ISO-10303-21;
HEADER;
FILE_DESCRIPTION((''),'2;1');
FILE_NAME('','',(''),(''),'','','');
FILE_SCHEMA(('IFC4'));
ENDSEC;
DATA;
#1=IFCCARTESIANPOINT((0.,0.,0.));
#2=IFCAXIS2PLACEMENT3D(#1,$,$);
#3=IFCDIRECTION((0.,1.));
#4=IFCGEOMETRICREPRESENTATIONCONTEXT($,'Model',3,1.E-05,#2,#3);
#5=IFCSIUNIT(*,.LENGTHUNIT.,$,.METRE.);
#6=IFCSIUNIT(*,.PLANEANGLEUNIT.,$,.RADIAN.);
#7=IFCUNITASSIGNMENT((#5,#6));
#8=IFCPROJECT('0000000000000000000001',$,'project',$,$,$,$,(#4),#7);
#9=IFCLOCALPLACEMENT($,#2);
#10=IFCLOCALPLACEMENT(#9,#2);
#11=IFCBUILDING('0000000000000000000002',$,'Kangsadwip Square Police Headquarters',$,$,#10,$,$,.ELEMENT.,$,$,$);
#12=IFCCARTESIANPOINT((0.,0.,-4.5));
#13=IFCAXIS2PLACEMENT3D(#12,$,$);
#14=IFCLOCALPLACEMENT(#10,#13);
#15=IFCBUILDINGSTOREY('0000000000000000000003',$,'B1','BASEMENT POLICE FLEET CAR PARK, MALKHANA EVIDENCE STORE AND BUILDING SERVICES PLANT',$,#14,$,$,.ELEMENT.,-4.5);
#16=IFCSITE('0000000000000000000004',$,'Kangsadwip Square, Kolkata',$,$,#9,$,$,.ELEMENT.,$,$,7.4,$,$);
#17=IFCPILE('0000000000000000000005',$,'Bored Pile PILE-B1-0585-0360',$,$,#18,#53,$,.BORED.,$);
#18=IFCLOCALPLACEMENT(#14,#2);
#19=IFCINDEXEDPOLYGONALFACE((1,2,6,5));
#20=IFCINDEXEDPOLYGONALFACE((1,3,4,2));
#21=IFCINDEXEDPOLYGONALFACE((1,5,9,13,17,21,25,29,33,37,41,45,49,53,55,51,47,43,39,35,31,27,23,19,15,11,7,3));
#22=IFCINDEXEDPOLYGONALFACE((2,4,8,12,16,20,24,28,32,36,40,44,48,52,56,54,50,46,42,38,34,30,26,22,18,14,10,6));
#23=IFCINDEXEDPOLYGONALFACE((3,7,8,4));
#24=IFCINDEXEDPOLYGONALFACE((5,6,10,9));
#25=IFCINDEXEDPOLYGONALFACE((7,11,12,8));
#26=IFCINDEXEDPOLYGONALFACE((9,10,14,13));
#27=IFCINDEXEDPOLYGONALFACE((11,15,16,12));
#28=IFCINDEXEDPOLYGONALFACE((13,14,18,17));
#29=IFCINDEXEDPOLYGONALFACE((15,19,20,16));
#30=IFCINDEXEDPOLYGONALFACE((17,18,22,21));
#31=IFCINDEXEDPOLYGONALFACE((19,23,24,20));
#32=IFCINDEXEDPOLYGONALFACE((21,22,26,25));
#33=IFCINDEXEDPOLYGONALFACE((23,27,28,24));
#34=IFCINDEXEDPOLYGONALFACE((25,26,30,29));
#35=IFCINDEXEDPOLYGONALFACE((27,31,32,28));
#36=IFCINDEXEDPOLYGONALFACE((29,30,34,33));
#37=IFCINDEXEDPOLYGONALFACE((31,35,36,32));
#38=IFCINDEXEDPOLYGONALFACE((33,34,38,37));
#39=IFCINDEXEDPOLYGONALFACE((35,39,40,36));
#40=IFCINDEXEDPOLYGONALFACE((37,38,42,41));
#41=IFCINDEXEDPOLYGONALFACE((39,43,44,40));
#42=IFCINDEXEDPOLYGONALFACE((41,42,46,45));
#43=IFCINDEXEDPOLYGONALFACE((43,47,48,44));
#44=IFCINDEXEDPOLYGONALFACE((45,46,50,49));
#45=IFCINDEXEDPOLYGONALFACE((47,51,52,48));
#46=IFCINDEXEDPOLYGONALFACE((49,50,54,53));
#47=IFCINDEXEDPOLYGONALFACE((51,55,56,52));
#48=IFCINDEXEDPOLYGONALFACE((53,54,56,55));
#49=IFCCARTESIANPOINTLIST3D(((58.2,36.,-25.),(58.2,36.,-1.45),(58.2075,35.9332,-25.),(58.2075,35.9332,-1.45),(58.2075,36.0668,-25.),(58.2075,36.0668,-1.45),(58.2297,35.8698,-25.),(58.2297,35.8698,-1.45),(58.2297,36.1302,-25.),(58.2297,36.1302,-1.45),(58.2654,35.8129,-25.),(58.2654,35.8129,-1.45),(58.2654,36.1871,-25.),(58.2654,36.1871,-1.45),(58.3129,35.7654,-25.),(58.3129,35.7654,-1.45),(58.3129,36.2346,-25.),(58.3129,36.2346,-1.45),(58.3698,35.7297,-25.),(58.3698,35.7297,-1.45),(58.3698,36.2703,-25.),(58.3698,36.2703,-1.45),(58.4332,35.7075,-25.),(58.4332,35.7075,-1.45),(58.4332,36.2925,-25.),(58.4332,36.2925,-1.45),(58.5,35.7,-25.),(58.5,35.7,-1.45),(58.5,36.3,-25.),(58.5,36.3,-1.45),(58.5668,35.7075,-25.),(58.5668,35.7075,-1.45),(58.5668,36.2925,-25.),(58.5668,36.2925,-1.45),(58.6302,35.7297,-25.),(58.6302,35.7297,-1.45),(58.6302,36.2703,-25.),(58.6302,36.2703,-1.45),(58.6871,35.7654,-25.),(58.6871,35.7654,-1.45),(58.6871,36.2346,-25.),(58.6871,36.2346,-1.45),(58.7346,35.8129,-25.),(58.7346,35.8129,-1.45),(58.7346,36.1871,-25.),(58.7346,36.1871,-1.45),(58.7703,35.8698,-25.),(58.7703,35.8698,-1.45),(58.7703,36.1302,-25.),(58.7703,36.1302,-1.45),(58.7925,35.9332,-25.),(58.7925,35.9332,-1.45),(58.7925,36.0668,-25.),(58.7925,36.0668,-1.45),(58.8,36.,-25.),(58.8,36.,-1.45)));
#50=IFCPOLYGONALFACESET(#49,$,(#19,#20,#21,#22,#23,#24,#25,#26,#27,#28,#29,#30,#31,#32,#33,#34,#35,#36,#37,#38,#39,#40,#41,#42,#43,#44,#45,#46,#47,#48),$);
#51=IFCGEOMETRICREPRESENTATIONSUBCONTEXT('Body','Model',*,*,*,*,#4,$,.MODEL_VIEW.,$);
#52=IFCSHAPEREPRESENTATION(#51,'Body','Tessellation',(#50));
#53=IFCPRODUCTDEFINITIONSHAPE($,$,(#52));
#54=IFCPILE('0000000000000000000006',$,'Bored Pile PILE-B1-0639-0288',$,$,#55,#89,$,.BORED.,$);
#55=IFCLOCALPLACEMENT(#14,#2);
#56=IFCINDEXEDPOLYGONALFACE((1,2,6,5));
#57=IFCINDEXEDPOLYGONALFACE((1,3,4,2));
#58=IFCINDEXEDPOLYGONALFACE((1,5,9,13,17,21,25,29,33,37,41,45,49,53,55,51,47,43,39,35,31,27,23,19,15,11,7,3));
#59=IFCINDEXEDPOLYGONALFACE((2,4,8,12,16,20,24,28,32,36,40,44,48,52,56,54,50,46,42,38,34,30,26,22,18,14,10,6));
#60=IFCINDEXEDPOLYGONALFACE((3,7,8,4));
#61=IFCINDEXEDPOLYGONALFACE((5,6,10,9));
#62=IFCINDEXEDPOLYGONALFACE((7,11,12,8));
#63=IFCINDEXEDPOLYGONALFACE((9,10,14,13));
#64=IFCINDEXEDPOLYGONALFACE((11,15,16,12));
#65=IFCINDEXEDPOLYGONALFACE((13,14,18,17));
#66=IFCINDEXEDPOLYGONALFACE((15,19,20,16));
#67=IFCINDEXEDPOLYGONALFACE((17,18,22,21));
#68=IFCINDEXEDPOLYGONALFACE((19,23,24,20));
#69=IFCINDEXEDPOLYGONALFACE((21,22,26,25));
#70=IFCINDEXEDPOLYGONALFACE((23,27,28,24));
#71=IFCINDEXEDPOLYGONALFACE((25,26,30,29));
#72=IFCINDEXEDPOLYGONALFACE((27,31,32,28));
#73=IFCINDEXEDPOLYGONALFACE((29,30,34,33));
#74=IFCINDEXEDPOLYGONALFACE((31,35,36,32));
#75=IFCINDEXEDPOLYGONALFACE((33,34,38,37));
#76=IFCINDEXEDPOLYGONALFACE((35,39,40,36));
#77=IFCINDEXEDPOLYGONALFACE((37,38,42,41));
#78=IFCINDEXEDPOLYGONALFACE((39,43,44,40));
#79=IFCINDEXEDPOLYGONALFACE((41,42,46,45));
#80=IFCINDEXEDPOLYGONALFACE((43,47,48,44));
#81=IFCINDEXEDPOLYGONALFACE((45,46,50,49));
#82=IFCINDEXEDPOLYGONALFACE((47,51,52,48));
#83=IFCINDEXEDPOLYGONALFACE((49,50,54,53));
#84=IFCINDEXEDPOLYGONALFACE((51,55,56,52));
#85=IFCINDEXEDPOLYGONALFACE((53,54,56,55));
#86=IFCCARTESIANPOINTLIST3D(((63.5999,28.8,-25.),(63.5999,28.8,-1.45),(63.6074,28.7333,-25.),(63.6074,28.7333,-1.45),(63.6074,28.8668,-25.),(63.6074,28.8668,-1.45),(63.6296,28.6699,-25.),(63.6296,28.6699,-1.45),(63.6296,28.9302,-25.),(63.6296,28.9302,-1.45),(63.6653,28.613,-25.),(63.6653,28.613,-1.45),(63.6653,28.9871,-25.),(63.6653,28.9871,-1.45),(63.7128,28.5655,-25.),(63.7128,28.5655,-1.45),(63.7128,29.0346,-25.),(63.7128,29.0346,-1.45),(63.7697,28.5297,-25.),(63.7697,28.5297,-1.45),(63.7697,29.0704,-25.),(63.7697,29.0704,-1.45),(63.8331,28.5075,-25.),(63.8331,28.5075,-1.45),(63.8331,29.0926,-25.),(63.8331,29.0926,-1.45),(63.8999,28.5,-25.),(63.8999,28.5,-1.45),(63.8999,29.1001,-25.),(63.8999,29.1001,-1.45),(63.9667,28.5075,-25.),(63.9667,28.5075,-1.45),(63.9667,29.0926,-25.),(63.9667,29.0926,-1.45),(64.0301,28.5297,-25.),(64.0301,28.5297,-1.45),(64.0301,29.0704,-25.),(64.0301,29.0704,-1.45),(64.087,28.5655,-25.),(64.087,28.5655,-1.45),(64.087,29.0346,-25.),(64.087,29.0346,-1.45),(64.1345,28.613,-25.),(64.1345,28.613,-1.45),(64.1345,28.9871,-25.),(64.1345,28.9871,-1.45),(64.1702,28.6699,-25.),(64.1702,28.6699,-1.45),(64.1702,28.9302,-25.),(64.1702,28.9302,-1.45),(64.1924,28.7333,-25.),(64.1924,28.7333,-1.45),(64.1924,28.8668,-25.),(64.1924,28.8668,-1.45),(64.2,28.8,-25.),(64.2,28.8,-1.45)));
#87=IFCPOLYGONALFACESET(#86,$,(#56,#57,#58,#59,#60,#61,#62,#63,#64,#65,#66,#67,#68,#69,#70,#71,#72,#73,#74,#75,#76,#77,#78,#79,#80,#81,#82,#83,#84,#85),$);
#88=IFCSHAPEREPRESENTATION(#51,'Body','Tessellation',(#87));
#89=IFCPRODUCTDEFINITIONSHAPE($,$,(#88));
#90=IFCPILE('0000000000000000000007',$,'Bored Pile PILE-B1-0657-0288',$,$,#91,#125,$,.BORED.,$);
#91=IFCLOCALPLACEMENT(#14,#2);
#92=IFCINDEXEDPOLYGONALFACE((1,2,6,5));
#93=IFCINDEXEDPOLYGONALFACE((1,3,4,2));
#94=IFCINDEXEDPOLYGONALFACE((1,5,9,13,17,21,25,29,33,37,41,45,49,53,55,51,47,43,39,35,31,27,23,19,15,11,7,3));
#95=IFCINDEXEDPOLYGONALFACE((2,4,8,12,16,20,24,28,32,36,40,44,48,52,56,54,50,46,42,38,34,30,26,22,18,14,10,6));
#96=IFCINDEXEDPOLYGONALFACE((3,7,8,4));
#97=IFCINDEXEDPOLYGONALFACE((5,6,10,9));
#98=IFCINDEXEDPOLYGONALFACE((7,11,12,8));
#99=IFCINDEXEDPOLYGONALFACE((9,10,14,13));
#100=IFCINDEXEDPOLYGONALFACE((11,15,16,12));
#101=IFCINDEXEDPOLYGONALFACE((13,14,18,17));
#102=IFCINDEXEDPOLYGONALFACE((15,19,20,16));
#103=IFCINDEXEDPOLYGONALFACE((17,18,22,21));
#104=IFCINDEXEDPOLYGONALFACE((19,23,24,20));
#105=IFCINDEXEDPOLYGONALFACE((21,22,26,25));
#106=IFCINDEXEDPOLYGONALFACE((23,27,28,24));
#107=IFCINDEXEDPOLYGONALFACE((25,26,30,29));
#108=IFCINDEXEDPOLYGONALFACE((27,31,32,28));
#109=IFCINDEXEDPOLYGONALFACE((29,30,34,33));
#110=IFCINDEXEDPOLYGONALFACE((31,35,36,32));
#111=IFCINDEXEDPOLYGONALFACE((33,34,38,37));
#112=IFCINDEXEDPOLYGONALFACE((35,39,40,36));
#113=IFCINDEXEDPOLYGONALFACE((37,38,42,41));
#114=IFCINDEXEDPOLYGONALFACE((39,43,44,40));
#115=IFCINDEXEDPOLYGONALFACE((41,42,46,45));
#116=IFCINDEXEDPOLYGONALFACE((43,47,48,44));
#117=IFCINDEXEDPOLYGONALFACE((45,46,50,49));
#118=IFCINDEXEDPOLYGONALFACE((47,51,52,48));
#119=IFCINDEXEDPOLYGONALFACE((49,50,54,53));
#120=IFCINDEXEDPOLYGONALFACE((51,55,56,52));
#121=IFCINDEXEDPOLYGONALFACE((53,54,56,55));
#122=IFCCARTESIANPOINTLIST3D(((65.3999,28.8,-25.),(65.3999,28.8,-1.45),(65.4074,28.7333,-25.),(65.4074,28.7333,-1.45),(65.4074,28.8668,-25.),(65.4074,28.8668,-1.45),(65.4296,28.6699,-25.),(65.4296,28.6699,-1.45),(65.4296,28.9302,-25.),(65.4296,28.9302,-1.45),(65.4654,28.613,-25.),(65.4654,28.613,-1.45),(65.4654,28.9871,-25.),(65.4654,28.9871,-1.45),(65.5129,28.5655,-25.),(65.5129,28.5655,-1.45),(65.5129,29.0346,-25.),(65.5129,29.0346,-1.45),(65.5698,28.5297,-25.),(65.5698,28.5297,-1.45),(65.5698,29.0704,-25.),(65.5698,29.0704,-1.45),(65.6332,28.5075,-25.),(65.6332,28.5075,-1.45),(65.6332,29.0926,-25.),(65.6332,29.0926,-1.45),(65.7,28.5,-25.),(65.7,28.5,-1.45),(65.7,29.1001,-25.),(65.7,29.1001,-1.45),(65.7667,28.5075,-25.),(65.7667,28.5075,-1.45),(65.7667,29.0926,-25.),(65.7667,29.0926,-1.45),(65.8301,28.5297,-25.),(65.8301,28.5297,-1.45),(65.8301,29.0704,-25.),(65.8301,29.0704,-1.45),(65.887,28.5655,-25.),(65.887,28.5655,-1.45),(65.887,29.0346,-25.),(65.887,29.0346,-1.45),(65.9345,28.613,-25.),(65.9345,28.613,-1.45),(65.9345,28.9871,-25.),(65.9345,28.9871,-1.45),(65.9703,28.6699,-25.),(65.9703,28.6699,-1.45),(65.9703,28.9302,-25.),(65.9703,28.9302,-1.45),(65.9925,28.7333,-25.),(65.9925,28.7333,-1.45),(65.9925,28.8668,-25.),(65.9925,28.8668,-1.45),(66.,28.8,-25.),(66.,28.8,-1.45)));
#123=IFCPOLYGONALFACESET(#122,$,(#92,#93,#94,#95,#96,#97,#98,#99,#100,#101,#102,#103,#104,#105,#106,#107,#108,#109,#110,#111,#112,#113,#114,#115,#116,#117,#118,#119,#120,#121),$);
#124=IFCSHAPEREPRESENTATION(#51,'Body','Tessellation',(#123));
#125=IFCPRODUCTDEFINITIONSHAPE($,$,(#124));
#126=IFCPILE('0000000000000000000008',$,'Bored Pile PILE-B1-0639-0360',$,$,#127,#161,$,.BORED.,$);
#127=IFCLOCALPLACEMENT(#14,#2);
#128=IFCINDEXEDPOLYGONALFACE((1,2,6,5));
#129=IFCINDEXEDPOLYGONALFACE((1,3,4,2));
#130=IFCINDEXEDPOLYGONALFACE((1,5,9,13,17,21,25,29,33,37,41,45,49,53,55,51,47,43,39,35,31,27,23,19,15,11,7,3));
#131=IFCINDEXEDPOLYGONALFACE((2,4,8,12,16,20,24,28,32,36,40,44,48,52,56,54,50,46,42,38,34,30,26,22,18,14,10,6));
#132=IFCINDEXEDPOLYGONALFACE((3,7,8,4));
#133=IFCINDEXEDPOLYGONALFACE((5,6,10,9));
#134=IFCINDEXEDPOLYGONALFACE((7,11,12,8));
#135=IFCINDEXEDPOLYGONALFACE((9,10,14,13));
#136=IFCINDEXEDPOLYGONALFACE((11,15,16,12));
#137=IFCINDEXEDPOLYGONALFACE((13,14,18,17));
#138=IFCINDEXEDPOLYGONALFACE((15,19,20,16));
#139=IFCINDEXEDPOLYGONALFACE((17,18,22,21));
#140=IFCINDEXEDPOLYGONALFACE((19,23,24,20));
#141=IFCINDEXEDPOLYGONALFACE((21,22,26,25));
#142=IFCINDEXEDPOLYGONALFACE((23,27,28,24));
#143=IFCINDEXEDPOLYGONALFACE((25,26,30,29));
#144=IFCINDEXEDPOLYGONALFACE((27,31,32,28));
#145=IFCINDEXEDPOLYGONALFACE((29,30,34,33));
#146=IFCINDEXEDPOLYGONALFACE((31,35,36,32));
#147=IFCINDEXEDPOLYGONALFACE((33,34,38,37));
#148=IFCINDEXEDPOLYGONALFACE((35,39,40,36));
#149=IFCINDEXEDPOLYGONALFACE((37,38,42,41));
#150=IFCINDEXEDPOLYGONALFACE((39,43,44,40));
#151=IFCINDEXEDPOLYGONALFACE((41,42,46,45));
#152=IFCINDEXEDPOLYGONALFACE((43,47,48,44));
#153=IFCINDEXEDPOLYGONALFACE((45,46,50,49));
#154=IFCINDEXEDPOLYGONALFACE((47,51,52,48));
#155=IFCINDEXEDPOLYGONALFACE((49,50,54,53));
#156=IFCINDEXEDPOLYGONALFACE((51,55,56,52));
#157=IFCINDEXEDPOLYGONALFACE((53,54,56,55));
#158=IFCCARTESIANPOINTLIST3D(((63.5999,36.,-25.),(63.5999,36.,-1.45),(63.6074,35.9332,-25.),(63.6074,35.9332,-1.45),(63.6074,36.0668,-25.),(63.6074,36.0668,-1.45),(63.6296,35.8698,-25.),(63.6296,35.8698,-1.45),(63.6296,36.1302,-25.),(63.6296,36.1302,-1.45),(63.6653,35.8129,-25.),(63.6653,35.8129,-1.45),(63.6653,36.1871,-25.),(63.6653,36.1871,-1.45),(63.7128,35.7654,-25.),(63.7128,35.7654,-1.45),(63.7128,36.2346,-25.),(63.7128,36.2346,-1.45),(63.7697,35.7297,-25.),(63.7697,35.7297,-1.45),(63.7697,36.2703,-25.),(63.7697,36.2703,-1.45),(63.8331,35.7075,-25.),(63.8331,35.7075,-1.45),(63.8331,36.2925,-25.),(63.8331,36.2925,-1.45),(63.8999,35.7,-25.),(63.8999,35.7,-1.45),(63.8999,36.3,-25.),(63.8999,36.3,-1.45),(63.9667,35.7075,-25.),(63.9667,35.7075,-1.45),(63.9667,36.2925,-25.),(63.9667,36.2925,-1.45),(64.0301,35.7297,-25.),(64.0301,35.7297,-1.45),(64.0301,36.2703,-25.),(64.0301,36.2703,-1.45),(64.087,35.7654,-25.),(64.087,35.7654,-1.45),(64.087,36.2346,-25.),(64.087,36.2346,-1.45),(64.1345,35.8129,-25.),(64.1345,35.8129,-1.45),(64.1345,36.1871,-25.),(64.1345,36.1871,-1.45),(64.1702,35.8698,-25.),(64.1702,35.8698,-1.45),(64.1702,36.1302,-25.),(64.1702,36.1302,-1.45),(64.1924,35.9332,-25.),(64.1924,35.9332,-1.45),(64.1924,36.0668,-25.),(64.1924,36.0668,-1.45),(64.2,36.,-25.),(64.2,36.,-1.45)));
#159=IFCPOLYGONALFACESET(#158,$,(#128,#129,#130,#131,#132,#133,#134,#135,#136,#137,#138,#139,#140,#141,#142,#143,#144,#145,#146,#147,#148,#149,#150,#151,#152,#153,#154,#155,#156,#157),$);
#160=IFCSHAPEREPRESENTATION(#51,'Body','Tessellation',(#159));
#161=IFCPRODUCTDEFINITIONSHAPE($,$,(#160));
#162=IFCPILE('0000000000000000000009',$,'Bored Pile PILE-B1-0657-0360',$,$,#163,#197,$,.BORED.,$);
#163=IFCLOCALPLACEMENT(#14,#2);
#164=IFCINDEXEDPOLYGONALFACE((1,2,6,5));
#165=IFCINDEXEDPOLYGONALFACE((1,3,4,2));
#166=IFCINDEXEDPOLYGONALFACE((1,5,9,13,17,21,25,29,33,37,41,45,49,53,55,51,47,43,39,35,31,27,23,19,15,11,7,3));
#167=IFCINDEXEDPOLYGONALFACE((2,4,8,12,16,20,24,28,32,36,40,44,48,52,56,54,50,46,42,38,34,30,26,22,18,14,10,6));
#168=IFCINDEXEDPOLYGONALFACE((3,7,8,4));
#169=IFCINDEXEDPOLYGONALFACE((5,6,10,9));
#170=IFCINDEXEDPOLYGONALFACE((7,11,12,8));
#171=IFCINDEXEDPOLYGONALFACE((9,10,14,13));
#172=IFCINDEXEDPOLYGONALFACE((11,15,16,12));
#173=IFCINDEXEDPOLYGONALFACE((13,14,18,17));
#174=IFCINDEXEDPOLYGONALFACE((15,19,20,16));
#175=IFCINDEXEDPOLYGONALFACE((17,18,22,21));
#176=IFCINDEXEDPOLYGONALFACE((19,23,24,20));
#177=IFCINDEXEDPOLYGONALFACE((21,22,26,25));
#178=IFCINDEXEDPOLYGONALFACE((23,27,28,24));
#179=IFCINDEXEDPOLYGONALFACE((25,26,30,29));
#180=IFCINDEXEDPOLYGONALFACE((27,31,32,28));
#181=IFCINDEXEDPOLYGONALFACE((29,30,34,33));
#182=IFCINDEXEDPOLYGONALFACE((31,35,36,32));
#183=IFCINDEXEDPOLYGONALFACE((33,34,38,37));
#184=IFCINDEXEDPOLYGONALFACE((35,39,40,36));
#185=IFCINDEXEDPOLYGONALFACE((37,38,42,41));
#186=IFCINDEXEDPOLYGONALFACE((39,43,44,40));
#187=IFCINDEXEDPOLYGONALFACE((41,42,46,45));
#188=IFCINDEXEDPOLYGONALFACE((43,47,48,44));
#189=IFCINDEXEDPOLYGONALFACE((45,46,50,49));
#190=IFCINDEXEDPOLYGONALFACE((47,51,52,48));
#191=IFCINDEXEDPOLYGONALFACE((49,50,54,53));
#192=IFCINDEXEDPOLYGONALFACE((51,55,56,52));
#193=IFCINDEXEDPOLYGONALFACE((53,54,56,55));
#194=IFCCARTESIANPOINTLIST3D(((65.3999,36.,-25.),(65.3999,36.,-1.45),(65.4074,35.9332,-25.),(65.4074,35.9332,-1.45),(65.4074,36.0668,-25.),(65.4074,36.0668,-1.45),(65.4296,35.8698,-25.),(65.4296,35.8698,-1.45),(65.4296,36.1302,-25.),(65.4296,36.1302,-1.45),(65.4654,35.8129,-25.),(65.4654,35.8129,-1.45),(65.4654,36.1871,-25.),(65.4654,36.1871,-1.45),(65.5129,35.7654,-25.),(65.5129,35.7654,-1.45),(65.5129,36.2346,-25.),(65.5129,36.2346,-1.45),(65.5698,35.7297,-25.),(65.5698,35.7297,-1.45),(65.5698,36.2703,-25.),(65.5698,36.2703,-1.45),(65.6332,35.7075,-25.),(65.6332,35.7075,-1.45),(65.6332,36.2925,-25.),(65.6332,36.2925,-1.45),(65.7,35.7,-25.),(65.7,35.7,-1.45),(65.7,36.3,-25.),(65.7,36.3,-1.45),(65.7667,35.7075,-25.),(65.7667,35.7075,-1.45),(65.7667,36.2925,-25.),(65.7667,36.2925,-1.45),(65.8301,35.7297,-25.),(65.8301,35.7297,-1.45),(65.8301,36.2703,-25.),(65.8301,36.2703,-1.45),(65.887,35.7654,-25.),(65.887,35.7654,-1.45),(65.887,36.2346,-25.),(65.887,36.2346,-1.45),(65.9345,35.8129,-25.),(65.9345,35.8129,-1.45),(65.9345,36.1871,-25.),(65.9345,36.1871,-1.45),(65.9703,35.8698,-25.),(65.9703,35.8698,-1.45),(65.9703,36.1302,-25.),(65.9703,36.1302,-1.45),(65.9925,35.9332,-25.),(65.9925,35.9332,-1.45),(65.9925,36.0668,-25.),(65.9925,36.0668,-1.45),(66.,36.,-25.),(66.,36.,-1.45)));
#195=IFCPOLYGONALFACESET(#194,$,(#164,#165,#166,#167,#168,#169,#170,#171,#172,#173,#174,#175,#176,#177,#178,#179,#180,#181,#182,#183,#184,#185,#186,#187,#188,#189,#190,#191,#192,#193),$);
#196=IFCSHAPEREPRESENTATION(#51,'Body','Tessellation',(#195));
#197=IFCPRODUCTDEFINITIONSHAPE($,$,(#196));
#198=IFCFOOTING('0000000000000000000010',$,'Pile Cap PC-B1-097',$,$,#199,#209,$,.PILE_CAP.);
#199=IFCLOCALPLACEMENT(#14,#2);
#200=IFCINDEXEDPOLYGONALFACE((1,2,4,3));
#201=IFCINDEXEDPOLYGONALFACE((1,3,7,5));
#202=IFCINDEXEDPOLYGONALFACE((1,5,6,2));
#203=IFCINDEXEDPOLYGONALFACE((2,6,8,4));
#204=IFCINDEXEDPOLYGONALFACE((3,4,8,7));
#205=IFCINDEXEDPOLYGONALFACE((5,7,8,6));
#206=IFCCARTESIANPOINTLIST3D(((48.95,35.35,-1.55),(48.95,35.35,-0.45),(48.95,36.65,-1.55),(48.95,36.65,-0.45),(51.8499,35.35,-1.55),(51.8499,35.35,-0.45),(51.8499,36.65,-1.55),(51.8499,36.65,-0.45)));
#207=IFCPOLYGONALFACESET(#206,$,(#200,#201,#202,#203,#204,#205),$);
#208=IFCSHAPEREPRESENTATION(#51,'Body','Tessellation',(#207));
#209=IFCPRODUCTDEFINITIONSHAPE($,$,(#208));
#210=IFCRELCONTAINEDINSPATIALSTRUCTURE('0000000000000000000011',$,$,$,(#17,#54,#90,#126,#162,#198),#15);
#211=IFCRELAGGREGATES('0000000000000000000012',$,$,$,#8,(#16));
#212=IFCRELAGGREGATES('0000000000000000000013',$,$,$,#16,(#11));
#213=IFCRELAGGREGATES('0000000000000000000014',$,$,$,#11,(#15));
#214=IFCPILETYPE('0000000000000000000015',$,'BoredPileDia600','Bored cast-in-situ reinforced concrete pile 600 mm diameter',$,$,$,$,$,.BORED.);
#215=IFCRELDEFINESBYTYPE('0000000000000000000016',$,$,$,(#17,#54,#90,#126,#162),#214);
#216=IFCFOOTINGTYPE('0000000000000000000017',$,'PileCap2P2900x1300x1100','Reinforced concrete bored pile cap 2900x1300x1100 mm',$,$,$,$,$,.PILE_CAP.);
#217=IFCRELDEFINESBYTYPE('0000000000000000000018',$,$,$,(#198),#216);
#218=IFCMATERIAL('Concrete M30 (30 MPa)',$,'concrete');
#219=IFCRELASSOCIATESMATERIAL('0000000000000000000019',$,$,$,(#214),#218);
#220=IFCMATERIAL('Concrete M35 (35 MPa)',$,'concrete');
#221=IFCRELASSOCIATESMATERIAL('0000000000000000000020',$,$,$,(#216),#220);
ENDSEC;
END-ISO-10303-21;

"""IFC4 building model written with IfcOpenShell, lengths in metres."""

from ifc_helpers import new_model, si_unit, direction, frame, origin, origin_2d, place, context, subcontext, project, spatial, rectangle, circle, extrude, material, material_profile, profile_set, type_object, element, save


model = new_model("IFC4")

# Units and contexts
model_context = context("Model", 3, precision=1e-05, world=origin(), true_north=direction((0.0, 1.0)))
body_context = subcontext(model_context, "Body", "Model", "MODEL_VIEW")
ifc_project = project(units=[si_unit("LENGTHUNIT", "METRE"), si_unit("PLANEANGLEUNIT", "RADIAN")], contexts=[model_context])

# Site, building, storey
site_placement = place(None, origin())
site = spatial("IfcSite", under=ifc_project, at=site_placement, Name="Kangsadwip Square, Kolkata", CompositionType="ELEMENT", RefElevation=7.4)
building_placement = place(site_placement, origin())
building = spatial("IfcBuilding", under=site, at=building_placement, Name="Kangsadwip Square Police Headquarters", CompositionType="ELEMENT")
storey_placement = place(building_placement, frame((0.0, 0.0, -4.5)))
storey = spatial("IfcBuildingStorey", under=building, at=storey_placement, Name="B1", Description="BASEMENT POLICE FLEET CAR PARK, MALKHANA EVIDENCE STORE AND BUILDING SERVICES PLANT", CompositionType="ELEMENT", Elevation=-4.5)

# Piles
ifc_material_1 = material(Name="Concrete M30 (30 MPa)", Category="concrete")
ifc_material_profile_1 = material_profile(ifc_material_1, circle(Radius=0.3, at=origin_2d()), Name="PILE DIA 600")
ifc_profile_set_1 = profile_set([ifc_material_profile_1], Name="Concrete M30 (30 MPa)")
pile_type = type_object("IfcPileType", Name="BoredPileDia600", Description="Bored cast-in-situ reinforced concrete pile 600 mm diameter", PredefinedType="BORED", material=ifc_profile_set_1)
for number, where, z_axis, x_axis, name in (
    (1, (58.5, 36.0, -1.45), (0.0, 0.0, -1.0), (1.0, 0.0, 0.0), "Bored Pile PILE-B1-0585-0360"),
    (2, (63.8999, 28.8, -1.45), (0.0, 0.0, -1.0), (1.0, 0.0, 0.0), "Bored Pile PILE-B1-0639-0288"),
    (3, (65.7, 28.8, -1.45), (0.0, 0.0, -1.0), (1.0, 0.0, 0.0), "Bored Pile PILE-B1-0657-0288"),
    (4, (63.8999, 36.0, -1.45), (0.0, 0.0, -1.0), (1.0, 0.0, 0.0), "Bored Pile PILE-B1-0639-0360"),
    (5, (65.7, 36.0, -1.45), (0.0, 0.0, -1.0), (1.0, 0.0, 0.0), "Bored Pile PILE-B1-0657-0360"),
):
    element("IfcPile", number, at=place(storey_placement, frame(where, z_axis=z_axis, x_axis=x_axis)), inside=storey, type_object=pile_type, Name=name, PredefinedType="BORED", context=body_context, shape_type="SweptSolid", body=[
        extrude(circle(Radius=0.3, at=origin_2d()), origin(), (0.0, 0.0, 1.0), 23.55),
    ])

# Footing
ifc_material_2 = material(Name="Concrete M35 (35 MPa)", Category="concrete")
footing_type = type_object("IfcFootingType", Name="PileCap2P2900x1300x1100", Description="Reinforced concrete bored pile cap 2900x1300x1100 mm", PredefinedType="PILE_CAP", material=ifc_material_2)
for number, where, z_axis, x_axis, name in (
    (6, (50.3999, 36.0, -1.55), (0.0, 0.0, 1.0), (1.0, 0.0, 0.0), "Pile Cap PC-B1-097"),
):
    element("IfcFooting", number, at=place(storey_placement, frame(where, z_axis=z_axis, x_axis=x_axis)), inside=storey, type_object=footing_type, Name=name, PredefinedType="PILE_CAP", context=body_context, shape_type="SweptSolid", body=[
        extrude(rectangle(XDim=2.8999, YDim=1.3, at=origin_2d()), origin(), (0.0, 0.0, 1.0), 1.1001),
    ])

save(model, "model.ifc")
